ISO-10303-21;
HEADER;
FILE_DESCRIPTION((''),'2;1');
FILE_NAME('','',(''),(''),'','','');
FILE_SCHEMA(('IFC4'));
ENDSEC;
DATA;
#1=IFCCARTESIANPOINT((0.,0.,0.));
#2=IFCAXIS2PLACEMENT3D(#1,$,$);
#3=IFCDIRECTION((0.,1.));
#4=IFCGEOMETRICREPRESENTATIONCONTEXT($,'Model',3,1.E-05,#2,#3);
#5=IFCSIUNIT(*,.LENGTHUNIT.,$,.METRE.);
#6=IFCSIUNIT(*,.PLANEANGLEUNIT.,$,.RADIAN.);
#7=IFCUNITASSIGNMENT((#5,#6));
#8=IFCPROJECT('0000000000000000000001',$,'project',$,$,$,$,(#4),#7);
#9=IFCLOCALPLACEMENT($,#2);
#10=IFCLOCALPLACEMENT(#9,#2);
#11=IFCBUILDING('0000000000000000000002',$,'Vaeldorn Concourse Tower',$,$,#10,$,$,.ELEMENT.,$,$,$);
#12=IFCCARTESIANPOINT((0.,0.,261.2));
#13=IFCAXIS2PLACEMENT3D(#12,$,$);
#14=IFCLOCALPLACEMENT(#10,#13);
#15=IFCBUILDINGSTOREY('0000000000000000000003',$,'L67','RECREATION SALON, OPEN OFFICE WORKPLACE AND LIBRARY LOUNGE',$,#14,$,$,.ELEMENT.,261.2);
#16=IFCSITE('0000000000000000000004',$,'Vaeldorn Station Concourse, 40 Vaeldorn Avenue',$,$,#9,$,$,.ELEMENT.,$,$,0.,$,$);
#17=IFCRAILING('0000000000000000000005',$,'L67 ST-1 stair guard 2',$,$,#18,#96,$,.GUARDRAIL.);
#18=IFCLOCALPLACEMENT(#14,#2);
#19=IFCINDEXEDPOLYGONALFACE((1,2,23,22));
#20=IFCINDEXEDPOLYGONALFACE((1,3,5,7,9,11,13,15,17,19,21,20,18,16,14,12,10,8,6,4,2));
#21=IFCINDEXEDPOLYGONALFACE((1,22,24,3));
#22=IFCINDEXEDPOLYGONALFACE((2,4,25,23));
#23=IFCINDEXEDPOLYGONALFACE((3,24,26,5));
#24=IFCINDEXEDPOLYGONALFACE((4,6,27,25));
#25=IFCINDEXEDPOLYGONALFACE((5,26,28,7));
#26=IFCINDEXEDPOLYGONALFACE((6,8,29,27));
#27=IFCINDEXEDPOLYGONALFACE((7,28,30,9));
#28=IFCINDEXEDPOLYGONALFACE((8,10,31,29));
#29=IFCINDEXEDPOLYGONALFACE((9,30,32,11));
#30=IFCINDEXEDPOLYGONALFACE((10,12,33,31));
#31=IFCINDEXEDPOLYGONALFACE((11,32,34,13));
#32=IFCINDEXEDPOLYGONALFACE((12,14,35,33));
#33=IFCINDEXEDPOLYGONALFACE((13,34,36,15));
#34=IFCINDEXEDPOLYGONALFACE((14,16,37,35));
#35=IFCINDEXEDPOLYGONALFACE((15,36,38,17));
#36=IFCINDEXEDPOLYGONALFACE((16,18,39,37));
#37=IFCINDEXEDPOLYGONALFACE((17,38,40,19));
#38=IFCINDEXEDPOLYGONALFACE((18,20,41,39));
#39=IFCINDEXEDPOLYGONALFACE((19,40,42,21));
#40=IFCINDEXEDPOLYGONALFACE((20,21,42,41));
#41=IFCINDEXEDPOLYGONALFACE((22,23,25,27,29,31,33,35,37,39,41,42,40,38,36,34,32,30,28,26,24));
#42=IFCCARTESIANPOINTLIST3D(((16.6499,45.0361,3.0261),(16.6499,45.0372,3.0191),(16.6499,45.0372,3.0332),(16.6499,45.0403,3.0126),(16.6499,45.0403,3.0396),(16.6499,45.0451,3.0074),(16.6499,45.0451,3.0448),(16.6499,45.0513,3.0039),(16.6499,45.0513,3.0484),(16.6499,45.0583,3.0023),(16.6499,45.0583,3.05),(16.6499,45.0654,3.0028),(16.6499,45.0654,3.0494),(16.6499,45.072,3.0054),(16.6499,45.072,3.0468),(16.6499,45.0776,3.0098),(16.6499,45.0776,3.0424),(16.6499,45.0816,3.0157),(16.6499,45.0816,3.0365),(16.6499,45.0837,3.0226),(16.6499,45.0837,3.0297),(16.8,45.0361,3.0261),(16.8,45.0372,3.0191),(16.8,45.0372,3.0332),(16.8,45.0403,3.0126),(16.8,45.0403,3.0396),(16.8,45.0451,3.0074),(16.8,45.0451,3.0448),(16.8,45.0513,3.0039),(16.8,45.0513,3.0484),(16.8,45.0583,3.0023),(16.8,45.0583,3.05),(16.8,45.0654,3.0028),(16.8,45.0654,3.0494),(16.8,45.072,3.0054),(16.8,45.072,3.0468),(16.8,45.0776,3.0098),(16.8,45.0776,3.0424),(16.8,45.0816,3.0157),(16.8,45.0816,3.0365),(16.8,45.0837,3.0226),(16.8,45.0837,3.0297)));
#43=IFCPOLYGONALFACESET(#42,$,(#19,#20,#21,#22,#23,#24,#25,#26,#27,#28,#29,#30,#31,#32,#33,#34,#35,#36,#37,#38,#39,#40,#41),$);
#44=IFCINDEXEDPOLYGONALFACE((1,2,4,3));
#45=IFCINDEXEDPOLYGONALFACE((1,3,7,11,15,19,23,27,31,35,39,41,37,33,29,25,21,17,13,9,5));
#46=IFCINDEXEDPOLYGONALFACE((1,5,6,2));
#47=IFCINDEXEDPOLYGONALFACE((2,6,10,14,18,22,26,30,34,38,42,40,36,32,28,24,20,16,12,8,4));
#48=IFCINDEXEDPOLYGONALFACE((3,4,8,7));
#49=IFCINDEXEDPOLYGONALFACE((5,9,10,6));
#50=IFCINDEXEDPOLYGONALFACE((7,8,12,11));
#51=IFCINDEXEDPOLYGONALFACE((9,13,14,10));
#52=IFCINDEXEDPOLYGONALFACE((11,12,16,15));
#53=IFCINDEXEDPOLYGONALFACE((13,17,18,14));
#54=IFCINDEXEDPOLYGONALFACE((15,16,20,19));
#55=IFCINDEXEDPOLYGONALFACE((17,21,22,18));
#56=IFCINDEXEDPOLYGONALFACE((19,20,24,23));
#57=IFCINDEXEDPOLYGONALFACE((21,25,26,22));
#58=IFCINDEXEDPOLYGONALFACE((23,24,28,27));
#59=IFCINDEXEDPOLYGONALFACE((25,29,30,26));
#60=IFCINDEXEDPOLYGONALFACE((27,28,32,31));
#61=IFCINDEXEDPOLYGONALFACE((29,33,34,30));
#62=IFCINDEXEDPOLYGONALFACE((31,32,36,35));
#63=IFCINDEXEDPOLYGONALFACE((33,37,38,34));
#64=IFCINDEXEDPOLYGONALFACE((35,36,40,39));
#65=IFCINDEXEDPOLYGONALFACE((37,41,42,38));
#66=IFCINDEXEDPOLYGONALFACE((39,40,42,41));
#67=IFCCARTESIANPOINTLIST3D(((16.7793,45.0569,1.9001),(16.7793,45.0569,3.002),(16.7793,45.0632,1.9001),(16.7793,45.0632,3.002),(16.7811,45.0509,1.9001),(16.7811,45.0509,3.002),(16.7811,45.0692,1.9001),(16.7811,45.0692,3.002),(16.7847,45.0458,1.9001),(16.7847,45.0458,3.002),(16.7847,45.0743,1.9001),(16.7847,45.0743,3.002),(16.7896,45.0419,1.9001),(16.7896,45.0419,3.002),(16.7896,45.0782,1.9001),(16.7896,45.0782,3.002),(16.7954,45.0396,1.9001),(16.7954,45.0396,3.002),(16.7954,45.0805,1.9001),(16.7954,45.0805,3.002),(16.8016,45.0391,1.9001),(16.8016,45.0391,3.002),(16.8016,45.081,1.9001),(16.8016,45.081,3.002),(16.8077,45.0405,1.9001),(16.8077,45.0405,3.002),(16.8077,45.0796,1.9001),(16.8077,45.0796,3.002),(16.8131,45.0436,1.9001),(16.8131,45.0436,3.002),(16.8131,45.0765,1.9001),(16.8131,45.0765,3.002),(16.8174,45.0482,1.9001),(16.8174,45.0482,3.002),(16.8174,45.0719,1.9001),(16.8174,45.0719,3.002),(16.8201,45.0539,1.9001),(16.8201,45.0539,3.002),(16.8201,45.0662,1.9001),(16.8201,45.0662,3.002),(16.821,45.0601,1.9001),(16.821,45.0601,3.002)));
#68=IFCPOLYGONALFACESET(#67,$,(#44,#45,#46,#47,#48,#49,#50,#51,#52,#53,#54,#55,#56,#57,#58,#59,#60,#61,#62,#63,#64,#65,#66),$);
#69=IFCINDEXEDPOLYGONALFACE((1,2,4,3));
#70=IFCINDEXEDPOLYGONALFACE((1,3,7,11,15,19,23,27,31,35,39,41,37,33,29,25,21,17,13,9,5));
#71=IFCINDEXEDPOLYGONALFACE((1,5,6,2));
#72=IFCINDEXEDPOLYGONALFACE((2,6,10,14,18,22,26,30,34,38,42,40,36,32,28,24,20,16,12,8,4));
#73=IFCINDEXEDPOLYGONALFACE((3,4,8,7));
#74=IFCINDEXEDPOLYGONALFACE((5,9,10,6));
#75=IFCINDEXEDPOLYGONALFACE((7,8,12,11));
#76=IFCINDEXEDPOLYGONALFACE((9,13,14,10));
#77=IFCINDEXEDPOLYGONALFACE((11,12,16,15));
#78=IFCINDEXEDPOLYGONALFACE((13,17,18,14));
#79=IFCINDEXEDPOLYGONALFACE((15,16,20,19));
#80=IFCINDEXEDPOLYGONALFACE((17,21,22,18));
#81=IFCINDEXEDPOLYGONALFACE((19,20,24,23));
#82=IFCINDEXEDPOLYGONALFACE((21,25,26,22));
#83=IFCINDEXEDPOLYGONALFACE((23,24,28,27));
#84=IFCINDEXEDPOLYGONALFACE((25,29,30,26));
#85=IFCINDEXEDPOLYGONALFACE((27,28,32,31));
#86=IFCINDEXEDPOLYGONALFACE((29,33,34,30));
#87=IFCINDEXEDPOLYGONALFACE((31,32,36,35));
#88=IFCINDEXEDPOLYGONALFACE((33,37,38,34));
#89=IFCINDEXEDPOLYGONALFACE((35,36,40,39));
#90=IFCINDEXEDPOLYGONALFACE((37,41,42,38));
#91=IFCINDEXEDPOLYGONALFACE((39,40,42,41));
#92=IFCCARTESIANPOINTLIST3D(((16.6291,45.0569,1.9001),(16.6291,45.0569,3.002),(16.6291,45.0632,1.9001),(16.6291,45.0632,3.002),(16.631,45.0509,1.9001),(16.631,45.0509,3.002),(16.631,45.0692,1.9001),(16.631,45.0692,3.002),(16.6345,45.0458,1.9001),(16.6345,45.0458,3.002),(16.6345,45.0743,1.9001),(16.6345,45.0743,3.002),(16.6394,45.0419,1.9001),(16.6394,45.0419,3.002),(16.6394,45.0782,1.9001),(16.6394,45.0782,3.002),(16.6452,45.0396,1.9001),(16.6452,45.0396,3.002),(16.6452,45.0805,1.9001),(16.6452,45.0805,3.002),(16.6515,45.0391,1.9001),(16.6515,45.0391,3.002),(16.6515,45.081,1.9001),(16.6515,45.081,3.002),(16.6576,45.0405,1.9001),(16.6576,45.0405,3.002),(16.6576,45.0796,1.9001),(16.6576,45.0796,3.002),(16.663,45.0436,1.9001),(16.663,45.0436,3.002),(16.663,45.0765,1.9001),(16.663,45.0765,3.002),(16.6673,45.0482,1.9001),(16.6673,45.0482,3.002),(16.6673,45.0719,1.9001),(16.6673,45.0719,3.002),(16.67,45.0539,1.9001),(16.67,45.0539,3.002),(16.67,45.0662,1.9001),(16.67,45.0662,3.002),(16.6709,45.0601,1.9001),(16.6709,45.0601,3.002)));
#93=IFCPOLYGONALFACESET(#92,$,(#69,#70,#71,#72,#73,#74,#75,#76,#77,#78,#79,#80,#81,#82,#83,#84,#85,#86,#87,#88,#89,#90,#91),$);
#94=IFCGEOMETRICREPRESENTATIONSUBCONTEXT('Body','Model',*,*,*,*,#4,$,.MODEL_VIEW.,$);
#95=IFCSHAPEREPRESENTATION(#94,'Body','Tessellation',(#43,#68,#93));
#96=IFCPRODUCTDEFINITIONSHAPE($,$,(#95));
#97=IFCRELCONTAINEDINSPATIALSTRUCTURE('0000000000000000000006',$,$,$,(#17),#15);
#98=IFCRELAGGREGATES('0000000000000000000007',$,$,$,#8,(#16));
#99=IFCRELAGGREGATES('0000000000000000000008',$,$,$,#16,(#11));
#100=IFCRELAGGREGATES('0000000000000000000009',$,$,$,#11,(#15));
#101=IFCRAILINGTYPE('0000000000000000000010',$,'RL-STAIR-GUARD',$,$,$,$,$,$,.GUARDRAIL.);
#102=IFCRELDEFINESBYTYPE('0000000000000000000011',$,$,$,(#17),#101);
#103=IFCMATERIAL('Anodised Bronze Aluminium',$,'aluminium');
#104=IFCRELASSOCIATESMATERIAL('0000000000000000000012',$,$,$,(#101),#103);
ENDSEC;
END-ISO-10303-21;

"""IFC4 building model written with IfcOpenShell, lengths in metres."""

from ifc_helpers import new_model, si_unit, direction, frame, origin, origin_2d, place, context, subcontext, project, spatial, circle, extrude, material, type_object, element, save


model = new_model("IFC4")

# Units and contexts
model_context = context("Model", 3, precision=1e-05, world=origin(), true_north=direction((0.0, 1.0)))
body_context = subcontext(model_context, "Body", "Model", "MODEL_VIEW")
ifc_project = project(units=[si_unit("LENGTHUNIT", "METRE"), si_unit("PLANEANGLEUNIT", "RADIAN")], contexts=[model_context])

# Site, building, storey
site_placement = place(None, origin())
site = spatial("IfcSite", under=ifc_project, at=site_placement, Name="Vaeldorn Station Concourse, 40 Vaeldorn Avenue", CompositionType="ELEMENT", RefElevation=0.0)
building_placement = place(site_placement, origin())
building = spatial("IfcBuilding", under=site, at=building_placement, Name="Vaeldorn Concourse Tower", CompositionType="ELEMENT")
storey_placement = place(building_placement, frame((0.0, 0.0, 261.2)))
storey = spatial("IfcBuildingStorey", under=building, at=storey_placement, Name="L67", Description="RECREATION SALON, OPEN OFFICE WORKPLACE AND LIBRARY LOUNGE", CompositionType="ELEMENT", Elevation=261.2)

# Shared definitions
ifc_material_1 = material(Name="Anodised Bronze Aluminium", Category="aluminium")

# Railing
railing_type_1 = type_object("IfcRailingType", Name="RL-STAIR-GUARD", PredefinedType="GUARDRAIL", material=ifc_material_1)
railing_1_placement = place(storey_placement, frame((16.8, 45.0601, 1.9001)))
element("IfcRailing", 1, at=railing_1_placement, inside=storey, type_object=railing_type_1, Name="L67 ST-1 stair guard 2", PredefinedType="GUARDRAIL", context=body_context, shape_type="SweptSolid", body=[
    extrude(circle(Radius=0.0239, at=origin_2d()), frame((0.0, 0.0, 1.126), z_axis=(-1.0, 0.0, 0.0), x_axis=(0.0, -1.0, 0.0)), (0.0, 0.0, 1.0), 0.1501),
    extrude(circle(Radius=0.021, at=origin_2d()), origin(), (0.0, 0.0, 1.0), 1.1018),
    extrude(circle(Radius=0.021, at=origin_2d()), frame((-0.1501, 0.0, 0.0)), (0.0, 0.0, 1.0), 1.1018),
])

save(model, "model.ifc")
